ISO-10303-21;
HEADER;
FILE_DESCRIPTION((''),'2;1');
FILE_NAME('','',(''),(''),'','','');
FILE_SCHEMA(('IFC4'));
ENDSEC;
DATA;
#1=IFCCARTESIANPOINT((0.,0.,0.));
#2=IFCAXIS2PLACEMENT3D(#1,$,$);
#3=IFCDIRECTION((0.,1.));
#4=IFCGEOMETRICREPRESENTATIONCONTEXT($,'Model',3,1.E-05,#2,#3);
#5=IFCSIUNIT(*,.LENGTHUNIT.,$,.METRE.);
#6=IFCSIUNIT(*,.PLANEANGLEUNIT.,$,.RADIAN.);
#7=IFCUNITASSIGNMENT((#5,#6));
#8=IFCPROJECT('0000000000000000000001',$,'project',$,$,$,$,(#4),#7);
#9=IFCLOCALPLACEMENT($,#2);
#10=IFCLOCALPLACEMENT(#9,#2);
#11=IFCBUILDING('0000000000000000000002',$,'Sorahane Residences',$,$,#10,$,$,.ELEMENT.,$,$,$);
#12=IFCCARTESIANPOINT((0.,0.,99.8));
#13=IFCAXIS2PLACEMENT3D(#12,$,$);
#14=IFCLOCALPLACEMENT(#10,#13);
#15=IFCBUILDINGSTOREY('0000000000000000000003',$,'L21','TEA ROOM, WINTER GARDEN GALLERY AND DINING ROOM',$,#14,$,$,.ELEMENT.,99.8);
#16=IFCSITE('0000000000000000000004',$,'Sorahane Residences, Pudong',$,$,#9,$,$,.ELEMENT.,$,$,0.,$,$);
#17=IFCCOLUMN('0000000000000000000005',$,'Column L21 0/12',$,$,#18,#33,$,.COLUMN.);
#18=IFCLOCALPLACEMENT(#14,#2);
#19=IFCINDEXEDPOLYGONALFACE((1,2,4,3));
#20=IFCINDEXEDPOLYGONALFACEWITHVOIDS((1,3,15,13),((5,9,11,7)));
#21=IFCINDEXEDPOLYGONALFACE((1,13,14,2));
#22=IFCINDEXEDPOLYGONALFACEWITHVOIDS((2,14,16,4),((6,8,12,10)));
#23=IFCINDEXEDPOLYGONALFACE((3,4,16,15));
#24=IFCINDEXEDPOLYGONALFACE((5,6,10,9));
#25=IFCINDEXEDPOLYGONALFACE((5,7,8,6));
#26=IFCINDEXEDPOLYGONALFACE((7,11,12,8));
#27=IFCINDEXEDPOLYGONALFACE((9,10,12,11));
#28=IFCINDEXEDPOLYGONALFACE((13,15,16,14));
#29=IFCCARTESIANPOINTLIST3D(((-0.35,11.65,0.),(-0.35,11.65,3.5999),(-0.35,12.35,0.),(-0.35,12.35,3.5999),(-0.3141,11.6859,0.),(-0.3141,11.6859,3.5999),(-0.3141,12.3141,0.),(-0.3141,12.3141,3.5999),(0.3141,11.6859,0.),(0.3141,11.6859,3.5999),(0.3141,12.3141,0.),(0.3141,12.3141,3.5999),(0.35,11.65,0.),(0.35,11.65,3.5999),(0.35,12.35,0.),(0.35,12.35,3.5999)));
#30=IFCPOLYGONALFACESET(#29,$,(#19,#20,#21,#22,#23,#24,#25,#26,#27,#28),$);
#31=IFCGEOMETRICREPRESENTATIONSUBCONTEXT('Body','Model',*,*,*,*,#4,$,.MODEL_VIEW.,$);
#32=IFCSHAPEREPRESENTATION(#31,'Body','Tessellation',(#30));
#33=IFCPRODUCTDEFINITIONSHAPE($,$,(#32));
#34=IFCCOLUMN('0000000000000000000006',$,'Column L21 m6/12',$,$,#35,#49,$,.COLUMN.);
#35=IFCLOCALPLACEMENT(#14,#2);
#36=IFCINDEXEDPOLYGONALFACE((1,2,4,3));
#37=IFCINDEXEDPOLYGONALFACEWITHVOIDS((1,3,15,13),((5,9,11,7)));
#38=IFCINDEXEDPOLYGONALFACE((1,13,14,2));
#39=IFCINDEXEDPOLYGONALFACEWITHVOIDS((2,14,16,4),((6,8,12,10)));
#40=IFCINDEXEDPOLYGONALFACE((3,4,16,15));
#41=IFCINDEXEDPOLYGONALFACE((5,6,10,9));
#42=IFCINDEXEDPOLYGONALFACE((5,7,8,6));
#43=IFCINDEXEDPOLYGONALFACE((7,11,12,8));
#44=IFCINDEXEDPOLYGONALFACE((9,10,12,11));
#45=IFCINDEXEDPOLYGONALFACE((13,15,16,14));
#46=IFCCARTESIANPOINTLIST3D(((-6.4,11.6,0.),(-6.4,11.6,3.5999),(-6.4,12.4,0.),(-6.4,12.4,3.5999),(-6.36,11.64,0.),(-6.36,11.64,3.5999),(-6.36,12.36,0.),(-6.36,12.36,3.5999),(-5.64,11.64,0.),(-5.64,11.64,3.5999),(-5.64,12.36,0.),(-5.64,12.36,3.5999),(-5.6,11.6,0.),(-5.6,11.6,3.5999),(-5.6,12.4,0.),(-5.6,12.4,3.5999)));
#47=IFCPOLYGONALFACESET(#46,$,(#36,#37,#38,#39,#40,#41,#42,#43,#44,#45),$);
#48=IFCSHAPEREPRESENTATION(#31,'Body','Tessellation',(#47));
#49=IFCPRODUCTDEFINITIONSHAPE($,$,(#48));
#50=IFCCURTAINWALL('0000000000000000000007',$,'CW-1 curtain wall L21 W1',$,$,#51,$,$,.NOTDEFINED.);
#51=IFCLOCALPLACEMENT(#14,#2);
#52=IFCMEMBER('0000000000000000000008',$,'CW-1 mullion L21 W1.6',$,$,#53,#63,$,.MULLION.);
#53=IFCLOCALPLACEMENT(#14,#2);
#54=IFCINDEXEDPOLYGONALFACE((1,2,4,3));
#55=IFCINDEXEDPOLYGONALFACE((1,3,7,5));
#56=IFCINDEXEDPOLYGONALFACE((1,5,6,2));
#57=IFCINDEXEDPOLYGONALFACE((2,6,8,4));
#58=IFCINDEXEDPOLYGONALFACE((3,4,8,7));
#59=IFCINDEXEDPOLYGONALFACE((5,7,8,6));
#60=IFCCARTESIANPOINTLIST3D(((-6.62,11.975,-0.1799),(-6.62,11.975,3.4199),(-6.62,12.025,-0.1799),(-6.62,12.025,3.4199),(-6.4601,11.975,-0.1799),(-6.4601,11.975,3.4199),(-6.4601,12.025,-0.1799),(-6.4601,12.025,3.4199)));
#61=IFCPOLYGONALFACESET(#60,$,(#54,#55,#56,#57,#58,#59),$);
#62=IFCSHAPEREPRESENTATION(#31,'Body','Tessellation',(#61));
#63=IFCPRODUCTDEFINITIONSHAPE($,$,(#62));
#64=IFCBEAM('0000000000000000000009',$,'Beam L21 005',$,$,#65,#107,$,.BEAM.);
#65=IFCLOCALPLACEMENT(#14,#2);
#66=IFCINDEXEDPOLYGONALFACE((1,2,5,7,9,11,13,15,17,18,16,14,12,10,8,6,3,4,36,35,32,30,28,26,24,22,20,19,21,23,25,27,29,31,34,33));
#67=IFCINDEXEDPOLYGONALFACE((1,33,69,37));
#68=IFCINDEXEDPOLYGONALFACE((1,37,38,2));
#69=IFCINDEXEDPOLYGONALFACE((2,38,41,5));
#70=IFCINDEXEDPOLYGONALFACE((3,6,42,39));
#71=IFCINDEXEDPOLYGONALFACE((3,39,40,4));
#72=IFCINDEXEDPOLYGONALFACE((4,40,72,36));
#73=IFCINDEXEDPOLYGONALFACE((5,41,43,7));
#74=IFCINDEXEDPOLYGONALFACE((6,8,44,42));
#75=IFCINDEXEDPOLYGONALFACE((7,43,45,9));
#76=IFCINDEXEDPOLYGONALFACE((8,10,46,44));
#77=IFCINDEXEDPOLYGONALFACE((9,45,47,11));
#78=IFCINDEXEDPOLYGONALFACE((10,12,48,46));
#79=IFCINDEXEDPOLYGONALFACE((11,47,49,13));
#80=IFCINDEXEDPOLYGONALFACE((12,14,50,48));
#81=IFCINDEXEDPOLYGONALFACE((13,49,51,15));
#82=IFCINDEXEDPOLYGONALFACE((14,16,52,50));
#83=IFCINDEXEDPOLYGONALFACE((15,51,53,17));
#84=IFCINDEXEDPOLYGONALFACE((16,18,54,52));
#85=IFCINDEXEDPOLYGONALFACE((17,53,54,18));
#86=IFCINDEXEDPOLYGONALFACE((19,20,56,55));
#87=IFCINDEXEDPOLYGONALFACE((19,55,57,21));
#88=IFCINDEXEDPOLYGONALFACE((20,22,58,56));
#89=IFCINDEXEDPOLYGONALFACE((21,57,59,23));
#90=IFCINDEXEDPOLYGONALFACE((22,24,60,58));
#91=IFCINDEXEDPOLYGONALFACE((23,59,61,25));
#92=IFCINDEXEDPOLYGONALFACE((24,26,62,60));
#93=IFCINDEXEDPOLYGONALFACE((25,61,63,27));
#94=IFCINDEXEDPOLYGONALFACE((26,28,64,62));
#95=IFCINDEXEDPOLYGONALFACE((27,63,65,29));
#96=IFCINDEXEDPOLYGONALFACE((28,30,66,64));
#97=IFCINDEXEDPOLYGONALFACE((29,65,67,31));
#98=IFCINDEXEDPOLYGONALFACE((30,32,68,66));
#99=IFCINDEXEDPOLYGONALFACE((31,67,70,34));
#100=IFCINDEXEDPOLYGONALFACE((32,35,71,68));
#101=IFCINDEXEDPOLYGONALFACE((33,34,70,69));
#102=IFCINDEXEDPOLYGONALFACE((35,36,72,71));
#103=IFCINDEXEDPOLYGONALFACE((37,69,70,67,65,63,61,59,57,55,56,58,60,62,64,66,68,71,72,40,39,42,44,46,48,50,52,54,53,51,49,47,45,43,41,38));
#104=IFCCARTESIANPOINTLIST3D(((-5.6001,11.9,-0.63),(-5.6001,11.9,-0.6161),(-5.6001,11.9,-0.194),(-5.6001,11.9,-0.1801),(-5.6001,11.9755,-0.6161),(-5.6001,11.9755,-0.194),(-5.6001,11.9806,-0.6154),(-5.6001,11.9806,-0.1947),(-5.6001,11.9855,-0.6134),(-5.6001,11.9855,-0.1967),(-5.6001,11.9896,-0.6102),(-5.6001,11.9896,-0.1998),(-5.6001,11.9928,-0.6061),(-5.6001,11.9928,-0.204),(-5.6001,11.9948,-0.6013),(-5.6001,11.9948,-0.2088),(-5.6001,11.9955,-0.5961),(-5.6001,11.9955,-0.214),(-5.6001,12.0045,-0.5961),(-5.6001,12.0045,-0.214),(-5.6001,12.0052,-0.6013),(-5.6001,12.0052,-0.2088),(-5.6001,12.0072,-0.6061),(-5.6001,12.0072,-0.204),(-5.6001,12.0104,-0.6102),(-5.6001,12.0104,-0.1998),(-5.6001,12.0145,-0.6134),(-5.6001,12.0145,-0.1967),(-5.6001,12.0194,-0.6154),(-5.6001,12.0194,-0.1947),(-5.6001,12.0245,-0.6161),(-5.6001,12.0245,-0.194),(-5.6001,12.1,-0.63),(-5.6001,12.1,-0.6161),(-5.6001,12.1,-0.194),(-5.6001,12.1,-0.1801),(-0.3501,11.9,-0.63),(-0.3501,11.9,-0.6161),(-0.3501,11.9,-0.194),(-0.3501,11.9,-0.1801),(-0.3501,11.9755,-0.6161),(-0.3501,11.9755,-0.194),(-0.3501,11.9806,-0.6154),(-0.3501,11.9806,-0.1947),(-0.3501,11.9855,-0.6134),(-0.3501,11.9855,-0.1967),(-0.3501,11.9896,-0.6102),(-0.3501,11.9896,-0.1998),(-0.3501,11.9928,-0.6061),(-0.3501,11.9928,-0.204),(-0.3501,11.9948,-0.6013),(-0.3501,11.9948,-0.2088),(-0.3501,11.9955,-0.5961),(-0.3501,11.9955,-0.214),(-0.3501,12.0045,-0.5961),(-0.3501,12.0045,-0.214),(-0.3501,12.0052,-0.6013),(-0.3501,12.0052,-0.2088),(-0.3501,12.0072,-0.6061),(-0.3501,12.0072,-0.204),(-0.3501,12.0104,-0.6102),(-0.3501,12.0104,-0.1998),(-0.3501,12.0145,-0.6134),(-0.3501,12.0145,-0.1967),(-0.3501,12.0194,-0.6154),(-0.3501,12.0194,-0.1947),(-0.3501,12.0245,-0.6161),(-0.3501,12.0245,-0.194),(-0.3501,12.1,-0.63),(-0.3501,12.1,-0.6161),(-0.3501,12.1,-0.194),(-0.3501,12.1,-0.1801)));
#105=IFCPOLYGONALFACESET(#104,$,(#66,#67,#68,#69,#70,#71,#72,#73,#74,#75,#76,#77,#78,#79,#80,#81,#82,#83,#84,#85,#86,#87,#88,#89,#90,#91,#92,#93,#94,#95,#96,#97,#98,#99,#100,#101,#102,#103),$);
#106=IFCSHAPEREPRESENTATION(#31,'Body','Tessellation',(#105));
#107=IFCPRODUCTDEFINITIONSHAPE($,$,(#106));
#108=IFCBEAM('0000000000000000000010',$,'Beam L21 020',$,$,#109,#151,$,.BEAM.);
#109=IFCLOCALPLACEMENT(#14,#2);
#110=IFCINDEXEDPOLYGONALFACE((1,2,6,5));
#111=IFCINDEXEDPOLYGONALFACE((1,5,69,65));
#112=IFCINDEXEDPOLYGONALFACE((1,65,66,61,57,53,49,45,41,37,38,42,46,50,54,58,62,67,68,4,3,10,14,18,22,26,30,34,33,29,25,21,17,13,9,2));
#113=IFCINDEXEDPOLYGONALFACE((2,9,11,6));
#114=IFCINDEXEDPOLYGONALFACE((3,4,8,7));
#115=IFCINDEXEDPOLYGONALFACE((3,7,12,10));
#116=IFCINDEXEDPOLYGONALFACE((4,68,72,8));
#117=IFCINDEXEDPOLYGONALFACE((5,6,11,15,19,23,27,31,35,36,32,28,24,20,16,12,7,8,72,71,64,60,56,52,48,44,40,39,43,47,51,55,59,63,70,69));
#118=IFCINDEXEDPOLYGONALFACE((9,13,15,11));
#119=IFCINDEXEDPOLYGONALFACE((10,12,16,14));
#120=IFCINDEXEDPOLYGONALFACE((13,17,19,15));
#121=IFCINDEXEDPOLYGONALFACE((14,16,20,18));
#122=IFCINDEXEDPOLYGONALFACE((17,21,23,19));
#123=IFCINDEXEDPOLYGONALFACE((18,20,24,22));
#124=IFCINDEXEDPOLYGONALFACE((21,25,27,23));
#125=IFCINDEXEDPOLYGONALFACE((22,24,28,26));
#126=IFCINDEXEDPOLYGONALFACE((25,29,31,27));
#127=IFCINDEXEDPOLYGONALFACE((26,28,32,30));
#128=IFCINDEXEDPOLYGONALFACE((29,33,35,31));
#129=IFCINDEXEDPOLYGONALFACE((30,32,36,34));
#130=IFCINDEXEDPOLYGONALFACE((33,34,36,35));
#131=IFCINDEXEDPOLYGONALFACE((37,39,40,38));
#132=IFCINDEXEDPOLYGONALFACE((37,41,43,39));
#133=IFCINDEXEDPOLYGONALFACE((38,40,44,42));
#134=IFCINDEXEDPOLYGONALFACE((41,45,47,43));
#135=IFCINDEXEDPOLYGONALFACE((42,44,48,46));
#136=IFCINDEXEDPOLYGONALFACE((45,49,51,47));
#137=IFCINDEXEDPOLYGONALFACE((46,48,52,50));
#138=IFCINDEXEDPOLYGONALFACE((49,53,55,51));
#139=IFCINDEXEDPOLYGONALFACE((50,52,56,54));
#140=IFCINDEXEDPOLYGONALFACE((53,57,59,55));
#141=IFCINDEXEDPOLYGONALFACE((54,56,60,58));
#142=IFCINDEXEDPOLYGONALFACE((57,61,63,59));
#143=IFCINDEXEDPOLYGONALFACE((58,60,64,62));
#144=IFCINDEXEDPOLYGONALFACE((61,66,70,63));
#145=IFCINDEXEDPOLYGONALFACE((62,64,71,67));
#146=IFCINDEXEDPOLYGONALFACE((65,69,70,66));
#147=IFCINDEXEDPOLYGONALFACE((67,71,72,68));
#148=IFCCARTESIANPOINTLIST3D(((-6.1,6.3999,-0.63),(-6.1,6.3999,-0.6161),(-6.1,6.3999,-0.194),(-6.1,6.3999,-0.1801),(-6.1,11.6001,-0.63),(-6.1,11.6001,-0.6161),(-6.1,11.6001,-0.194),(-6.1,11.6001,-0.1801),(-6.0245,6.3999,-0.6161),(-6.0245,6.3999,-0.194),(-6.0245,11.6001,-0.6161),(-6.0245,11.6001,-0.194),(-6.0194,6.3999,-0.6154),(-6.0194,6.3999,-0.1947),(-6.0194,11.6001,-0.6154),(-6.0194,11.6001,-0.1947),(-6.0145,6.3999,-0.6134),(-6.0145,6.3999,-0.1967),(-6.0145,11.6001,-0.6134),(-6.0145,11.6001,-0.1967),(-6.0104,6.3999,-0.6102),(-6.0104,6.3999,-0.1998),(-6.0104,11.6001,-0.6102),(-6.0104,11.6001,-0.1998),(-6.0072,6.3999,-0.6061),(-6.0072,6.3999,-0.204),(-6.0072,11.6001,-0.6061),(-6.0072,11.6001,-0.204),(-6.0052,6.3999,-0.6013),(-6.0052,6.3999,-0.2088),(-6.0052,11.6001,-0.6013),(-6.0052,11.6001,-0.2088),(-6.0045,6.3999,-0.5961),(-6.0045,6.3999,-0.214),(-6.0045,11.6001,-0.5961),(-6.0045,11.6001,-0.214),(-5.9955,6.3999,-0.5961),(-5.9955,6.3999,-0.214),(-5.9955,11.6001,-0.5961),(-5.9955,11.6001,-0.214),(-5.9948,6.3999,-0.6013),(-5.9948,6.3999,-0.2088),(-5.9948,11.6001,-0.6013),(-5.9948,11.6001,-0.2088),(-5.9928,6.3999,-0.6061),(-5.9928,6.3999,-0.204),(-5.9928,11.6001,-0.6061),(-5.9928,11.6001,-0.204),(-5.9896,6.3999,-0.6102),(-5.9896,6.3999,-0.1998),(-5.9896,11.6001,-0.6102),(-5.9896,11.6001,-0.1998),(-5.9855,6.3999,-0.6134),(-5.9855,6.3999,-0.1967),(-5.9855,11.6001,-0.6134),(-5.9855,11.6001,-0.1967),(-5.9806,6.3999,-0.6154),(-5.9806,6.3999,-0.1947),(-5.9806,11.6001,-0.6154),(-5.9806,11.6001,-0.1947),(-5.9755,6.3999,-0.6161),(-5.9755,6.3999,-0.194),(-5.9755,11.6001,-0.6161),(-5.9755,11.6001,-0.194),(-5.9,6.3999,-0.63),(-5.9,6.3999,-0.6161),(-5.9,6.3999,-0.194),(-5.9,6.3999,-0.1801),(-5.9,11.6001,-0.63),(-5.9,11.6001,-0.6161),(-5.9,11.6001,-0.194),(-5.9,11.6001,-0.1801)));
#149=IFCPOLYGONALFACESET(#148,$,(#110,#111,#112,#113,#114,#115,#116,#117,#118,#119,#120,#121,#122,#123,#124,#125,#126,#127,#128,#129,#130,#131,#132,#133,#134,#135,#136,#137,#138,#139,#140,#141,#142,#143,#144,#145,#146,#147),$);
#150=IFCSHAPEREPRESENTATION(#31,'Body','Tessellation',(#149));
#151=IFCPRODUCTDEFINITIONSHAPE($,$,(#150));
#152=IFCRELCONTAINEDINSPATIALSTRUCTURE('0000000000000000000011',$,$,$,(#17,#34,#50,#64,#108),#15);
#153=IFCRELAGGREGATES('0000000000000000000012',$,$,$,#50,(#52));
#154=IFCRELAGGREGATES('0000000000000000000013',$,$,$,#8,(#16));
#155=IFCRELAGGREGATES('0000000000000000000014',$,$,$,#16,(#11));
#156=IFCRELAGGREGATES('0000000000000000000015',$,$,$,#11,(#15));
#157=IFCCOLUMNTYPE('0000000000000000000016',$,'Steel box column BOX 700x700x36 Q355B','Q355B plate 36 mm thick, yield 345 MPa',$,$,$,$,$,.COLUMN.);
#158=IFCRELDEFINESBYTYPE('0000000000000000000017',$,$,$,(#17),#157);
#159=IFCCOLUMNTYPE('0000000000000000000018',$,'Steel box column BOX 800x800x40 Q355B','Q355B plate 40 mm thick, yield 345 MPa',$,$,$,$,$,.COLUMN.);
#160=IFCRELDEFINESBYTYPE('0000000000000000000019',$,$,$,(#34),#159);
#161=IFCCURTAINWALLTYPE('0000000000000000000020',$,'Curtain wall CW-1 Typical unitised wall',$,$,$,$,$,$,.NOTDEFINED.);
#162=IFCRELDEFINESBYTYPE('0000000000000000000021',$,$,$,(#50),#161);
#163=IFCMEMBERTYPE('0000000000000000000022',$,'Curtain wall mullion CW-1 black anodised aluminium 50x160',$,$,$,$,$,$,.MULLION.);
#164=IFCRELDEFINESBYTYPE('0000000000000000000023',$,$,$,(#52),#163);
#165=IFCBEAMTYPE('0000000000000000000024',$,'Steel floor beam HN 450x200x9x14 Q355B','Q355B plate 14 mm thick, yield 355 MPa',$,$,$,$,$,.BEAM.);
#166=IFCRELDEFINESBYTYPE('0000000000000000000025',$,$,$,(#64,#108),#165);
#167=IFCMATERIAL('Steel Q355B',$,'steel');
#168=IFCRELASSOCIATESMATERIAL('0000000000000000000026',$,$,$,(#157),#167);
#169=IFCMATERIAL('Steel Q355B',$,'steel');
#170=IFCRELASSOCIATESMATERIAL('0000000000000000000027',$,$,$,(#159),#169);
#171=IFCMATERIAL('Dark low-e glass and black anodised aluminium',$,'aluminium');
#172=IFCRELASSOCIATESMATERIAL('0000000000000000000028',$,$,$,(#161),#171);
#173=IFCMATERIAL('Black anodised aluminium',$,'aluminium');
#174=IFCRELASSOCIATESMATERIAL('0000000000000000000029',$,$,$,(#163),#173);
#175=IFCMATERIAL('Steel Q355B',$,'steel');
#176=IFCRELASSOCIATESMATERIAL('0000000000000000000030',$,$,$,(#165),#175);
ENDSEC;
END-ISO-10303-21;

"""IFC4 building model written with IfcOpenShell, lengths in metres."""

from ifc_helpers import new_model, si_unit, direction, frame, origin, origin_2d, place, context, subcontext, project, spatial, rectangle, hollow_rectangle, i_section, extrude, material, material_profile, profile_set, type_object, element, aggregate, save


model = new_model("IFC4")

# Units and contexts
model_context = context("Model", 3, precision=1e-05, world=origin(), true_north=direction((0.0, 1.0)))
body_context = subcontext(model_context, "Body", "Model", "MODEL_VIEW")
ifc_project = project(units=[si_unit("LENGTHUNIT", "METRE"), si_unit("PLANEANGLEUNIT", "RADIAN")], contexts=[model_context])

# Site, building, storey
site_placement = place(None, origin())
site = spatial("IfcSite", under=ifc_project, at=site_placement, Name="Sorahane Residences, Pudong", CompositionType="ELEMENT", RefElevation=0.0)
building_placement = place(site_placement, origin())
building = spatial("IfcBuilding", under=site, at=building_placement, Name="Sorahane Residences", CompositionType="ELEMENT")
storey_placement = place(building_placement, frame((0.0, 0.0, 99.8)))
storey = spatial("IfcBuildingStorey", under=building, at=storey_placement, Name="L21", Description="TEA ROOM, WINTER GARDEN GALLERY AND DINING ROOM", CompositionType="ELEMENT", Elevation=99.8)

# Columns
ifc_material_1 = material(Name="Steel Q355B", Category="steel")
ifc_material_profile_1 = material_profile(ifc_material_1, hollow_rectangle(XDim=0.7, YDim=0.7, WallThickness=0.0359, at=origin_2d()), Name="BOX 700x700x36")
ifc_profile_set_1 = profile_set([ifc_material_profile_1], Name="Steel Q355B")
column_type_1 = type_object("IfcColumnType", Name="Steel box column BOX 700x700x36 Q355B", Description="Q355B plate 36 mm thick, yield 345 MPa", PredefinedType="COLUMN", material=ifc_profile_set_1)
column_1_placement = place(storey_placement, frame((0.0, 12.0, 0.0), z_axis=(0.0, 0.0, 1.0), x_axis=(1.0, 0.0, 0.0)))
element("IfcColumn", 1, at=column_1_placement, inside=storey, type_object=column_type_1, Name="Column L21 0/12", PredefinedType="COLUMN", context=body_context, shape_type="SweptSolid", body=[
    extrude(hollow_rectangle(XDim=0.7, YDim=0.7, WallThickness=0.0359, at=origin_2d()), origin(), (0.0, 0.0, 1.0), 3.5999),
])
ifc_material_2 = material(Name="Steel Q355B", Category="steel")
ifc_material_profile_2 = material_profile(ifc_material_2, hollow_rectangle(XDim=0.8, YDim=0.8, WallThickness=0.04, at=origin_2d()), Name="BOX 800x800x40")
ifc_profile_set_2 = profile_set([ifc_material_profile_2], Name="Steel Q355B")
column_type_2 = type_object("IfcColumnType", Name="Steel box column BOX 800x800x40 Q355B", Description="Q355B plate 40 mm thick, yield 345 MPa", PredefinedType="COLUMN", material=ifc_profile_set_2)
column_2_placement = place(storey_placement, frame((-6.0, 12.0, 0.0), z_axis=(0.0, 0.0, 1.0), x_axis=(1.0, 0.0, 0.0)))
element("IfcColumn", 2, at=column_2_placement, inside=storey, type_object=column_type_2, Name="Column L21 m6/12", PredefinedType="COLUMN", context=body_context, shape_type="SweptSolid", body=[
    extrude(hollow_rectangle(XDim=0.8, YDim=0.8, WallThickness=0.04, at=origin_2d()), origin(), (0.0, 0.0, 1.0), 3.5999),
])

# Curtain wall, member
ifc_material_3 = material(Name="Dark low-e glass and black anodised aluminium", Category="aluminium")
curtain_wall_type = type_object("IfcCurtainWallType", Name="Curtain wall CW-1 Typical unitised wall", PredefinedType="NOTDEFINED", material=ifc_material_3)
curtain_wall_placement = place(storey_placement, origin())
curtain_wall = element("IfcCurtainWall", 3, at=curtain_wall_placement, inside=storey, type_object=curtain_wall_type, Name="CW-1 curtain wall L21 W1", PredefinedType="NOTDEFINED")
ifc_material_4 = material(Name="Black anodised aluminium", Category="aluminium")
ifc_material_profile_3 = material_profile(ifc_material_4, rectangle(XDim=0.1599, YDim=0.05, at=origin_2d()), Name="Curtain wall mullion CW-1 black anodised aluminium 50x160")
ifc_profile_set_3 = profile_set([ifc_material_profile_3], Name="Black anodised aluminium")
member_type = type_object("IfcMemberType", Name="Curtain wall mullion CW-1 black anodised aluminium 50x160", PredefinedType="MULLION", material=ifc_profile_set_3)
member_placement = place(storey_placement, frame((-6.54, 12.0, -0.1799), z_axis=(0.0, 0.0, 1.0), x_axis=(-1.0, 0.0, 0.0)))
member = element("IfcMember", 4, at=member_placement, type_object=member_type, Name="CW-1 mullion L21 W1.6", PredefinedType="MULLION", context=body_context, shape_type="SweptSolid", body=[
    extrude(rectangle(XDim=0.1599, YDim=0.05, at=origin_2d()), origin(), (0.0, 0.0, 1.0), 3.5999),
])

# Beams
ifc_material_5 = material(Name="Steel Q355B", Category="steel")
ifc_material_profile_4 = material_profile(ifc_material_5, i_section(OverallWidth=0.2, OverallDepth=0.45, WebThickness=0.009, FlangeThickness=0.0139, FilletRadius=0.02, at=origin_2d()), Name="HN 450x200x9x14")
ifc_profile_set_4 = profile_set([ifc_material_profile_4], Name="Steel Q355B")
beam_type_1 = type_object("IfcBeamType", Name="Steel floor beam HN 450x200x9x14 Q355B", Description="Q355B plate 14 mm thick, yield 355 MPa", PredefinedType="BEAM", material=ifc_profile_set_4)
beam_1_placement = place(storey_placement, frame((-5.6001, 12.0, -0.405), z_axis=(1.0, 0.0, 0.0), x_axis=(0.0, 1.0, 0.0)))
element("IfcBeam", 5, at=beam_1_placement, inside=storey, type_object=beam_type_1, Name="Beam L21 005", PredefinedType="BEAM", context=body_context, shape_type="SweptSolid", body=[
    extrude(i_section(OverallWidth=0.2, OverallDepth=0.45, WebThickness=0.009, FlangeThickness=0.0139, FilletRadius=0.02, at=origin_2d()), origin(), (0.0, 0.0, 1.0), 5.25),
])
beam_2_placement = place(storey_placement, frame((-6.0, 6.3999, -0.405), z_axis=(0.0, 1.0, 0.0), x_axis=(-1.0, 0.0, 0.0)))
element("IfcBeam", 6, at=beam_2_placement, inside=storey, type_object=beam_type_1, Name="Beam L21 020", PredefinedType="BEAM", context=body_context, shape_type="SweptSolid", body=[
    extrude(i_section(OverallWidth=0.2, OverallDepth=0.45, WebThickness=0.009, FlangeThickness=0.0139, FilletRadius=0.02, at=origin_2d()), origin(), (0.0, 0.0, 1.0), 5.2002),
])

aggregate(curtain_wall, [member])

save(model, "model.ifc")
